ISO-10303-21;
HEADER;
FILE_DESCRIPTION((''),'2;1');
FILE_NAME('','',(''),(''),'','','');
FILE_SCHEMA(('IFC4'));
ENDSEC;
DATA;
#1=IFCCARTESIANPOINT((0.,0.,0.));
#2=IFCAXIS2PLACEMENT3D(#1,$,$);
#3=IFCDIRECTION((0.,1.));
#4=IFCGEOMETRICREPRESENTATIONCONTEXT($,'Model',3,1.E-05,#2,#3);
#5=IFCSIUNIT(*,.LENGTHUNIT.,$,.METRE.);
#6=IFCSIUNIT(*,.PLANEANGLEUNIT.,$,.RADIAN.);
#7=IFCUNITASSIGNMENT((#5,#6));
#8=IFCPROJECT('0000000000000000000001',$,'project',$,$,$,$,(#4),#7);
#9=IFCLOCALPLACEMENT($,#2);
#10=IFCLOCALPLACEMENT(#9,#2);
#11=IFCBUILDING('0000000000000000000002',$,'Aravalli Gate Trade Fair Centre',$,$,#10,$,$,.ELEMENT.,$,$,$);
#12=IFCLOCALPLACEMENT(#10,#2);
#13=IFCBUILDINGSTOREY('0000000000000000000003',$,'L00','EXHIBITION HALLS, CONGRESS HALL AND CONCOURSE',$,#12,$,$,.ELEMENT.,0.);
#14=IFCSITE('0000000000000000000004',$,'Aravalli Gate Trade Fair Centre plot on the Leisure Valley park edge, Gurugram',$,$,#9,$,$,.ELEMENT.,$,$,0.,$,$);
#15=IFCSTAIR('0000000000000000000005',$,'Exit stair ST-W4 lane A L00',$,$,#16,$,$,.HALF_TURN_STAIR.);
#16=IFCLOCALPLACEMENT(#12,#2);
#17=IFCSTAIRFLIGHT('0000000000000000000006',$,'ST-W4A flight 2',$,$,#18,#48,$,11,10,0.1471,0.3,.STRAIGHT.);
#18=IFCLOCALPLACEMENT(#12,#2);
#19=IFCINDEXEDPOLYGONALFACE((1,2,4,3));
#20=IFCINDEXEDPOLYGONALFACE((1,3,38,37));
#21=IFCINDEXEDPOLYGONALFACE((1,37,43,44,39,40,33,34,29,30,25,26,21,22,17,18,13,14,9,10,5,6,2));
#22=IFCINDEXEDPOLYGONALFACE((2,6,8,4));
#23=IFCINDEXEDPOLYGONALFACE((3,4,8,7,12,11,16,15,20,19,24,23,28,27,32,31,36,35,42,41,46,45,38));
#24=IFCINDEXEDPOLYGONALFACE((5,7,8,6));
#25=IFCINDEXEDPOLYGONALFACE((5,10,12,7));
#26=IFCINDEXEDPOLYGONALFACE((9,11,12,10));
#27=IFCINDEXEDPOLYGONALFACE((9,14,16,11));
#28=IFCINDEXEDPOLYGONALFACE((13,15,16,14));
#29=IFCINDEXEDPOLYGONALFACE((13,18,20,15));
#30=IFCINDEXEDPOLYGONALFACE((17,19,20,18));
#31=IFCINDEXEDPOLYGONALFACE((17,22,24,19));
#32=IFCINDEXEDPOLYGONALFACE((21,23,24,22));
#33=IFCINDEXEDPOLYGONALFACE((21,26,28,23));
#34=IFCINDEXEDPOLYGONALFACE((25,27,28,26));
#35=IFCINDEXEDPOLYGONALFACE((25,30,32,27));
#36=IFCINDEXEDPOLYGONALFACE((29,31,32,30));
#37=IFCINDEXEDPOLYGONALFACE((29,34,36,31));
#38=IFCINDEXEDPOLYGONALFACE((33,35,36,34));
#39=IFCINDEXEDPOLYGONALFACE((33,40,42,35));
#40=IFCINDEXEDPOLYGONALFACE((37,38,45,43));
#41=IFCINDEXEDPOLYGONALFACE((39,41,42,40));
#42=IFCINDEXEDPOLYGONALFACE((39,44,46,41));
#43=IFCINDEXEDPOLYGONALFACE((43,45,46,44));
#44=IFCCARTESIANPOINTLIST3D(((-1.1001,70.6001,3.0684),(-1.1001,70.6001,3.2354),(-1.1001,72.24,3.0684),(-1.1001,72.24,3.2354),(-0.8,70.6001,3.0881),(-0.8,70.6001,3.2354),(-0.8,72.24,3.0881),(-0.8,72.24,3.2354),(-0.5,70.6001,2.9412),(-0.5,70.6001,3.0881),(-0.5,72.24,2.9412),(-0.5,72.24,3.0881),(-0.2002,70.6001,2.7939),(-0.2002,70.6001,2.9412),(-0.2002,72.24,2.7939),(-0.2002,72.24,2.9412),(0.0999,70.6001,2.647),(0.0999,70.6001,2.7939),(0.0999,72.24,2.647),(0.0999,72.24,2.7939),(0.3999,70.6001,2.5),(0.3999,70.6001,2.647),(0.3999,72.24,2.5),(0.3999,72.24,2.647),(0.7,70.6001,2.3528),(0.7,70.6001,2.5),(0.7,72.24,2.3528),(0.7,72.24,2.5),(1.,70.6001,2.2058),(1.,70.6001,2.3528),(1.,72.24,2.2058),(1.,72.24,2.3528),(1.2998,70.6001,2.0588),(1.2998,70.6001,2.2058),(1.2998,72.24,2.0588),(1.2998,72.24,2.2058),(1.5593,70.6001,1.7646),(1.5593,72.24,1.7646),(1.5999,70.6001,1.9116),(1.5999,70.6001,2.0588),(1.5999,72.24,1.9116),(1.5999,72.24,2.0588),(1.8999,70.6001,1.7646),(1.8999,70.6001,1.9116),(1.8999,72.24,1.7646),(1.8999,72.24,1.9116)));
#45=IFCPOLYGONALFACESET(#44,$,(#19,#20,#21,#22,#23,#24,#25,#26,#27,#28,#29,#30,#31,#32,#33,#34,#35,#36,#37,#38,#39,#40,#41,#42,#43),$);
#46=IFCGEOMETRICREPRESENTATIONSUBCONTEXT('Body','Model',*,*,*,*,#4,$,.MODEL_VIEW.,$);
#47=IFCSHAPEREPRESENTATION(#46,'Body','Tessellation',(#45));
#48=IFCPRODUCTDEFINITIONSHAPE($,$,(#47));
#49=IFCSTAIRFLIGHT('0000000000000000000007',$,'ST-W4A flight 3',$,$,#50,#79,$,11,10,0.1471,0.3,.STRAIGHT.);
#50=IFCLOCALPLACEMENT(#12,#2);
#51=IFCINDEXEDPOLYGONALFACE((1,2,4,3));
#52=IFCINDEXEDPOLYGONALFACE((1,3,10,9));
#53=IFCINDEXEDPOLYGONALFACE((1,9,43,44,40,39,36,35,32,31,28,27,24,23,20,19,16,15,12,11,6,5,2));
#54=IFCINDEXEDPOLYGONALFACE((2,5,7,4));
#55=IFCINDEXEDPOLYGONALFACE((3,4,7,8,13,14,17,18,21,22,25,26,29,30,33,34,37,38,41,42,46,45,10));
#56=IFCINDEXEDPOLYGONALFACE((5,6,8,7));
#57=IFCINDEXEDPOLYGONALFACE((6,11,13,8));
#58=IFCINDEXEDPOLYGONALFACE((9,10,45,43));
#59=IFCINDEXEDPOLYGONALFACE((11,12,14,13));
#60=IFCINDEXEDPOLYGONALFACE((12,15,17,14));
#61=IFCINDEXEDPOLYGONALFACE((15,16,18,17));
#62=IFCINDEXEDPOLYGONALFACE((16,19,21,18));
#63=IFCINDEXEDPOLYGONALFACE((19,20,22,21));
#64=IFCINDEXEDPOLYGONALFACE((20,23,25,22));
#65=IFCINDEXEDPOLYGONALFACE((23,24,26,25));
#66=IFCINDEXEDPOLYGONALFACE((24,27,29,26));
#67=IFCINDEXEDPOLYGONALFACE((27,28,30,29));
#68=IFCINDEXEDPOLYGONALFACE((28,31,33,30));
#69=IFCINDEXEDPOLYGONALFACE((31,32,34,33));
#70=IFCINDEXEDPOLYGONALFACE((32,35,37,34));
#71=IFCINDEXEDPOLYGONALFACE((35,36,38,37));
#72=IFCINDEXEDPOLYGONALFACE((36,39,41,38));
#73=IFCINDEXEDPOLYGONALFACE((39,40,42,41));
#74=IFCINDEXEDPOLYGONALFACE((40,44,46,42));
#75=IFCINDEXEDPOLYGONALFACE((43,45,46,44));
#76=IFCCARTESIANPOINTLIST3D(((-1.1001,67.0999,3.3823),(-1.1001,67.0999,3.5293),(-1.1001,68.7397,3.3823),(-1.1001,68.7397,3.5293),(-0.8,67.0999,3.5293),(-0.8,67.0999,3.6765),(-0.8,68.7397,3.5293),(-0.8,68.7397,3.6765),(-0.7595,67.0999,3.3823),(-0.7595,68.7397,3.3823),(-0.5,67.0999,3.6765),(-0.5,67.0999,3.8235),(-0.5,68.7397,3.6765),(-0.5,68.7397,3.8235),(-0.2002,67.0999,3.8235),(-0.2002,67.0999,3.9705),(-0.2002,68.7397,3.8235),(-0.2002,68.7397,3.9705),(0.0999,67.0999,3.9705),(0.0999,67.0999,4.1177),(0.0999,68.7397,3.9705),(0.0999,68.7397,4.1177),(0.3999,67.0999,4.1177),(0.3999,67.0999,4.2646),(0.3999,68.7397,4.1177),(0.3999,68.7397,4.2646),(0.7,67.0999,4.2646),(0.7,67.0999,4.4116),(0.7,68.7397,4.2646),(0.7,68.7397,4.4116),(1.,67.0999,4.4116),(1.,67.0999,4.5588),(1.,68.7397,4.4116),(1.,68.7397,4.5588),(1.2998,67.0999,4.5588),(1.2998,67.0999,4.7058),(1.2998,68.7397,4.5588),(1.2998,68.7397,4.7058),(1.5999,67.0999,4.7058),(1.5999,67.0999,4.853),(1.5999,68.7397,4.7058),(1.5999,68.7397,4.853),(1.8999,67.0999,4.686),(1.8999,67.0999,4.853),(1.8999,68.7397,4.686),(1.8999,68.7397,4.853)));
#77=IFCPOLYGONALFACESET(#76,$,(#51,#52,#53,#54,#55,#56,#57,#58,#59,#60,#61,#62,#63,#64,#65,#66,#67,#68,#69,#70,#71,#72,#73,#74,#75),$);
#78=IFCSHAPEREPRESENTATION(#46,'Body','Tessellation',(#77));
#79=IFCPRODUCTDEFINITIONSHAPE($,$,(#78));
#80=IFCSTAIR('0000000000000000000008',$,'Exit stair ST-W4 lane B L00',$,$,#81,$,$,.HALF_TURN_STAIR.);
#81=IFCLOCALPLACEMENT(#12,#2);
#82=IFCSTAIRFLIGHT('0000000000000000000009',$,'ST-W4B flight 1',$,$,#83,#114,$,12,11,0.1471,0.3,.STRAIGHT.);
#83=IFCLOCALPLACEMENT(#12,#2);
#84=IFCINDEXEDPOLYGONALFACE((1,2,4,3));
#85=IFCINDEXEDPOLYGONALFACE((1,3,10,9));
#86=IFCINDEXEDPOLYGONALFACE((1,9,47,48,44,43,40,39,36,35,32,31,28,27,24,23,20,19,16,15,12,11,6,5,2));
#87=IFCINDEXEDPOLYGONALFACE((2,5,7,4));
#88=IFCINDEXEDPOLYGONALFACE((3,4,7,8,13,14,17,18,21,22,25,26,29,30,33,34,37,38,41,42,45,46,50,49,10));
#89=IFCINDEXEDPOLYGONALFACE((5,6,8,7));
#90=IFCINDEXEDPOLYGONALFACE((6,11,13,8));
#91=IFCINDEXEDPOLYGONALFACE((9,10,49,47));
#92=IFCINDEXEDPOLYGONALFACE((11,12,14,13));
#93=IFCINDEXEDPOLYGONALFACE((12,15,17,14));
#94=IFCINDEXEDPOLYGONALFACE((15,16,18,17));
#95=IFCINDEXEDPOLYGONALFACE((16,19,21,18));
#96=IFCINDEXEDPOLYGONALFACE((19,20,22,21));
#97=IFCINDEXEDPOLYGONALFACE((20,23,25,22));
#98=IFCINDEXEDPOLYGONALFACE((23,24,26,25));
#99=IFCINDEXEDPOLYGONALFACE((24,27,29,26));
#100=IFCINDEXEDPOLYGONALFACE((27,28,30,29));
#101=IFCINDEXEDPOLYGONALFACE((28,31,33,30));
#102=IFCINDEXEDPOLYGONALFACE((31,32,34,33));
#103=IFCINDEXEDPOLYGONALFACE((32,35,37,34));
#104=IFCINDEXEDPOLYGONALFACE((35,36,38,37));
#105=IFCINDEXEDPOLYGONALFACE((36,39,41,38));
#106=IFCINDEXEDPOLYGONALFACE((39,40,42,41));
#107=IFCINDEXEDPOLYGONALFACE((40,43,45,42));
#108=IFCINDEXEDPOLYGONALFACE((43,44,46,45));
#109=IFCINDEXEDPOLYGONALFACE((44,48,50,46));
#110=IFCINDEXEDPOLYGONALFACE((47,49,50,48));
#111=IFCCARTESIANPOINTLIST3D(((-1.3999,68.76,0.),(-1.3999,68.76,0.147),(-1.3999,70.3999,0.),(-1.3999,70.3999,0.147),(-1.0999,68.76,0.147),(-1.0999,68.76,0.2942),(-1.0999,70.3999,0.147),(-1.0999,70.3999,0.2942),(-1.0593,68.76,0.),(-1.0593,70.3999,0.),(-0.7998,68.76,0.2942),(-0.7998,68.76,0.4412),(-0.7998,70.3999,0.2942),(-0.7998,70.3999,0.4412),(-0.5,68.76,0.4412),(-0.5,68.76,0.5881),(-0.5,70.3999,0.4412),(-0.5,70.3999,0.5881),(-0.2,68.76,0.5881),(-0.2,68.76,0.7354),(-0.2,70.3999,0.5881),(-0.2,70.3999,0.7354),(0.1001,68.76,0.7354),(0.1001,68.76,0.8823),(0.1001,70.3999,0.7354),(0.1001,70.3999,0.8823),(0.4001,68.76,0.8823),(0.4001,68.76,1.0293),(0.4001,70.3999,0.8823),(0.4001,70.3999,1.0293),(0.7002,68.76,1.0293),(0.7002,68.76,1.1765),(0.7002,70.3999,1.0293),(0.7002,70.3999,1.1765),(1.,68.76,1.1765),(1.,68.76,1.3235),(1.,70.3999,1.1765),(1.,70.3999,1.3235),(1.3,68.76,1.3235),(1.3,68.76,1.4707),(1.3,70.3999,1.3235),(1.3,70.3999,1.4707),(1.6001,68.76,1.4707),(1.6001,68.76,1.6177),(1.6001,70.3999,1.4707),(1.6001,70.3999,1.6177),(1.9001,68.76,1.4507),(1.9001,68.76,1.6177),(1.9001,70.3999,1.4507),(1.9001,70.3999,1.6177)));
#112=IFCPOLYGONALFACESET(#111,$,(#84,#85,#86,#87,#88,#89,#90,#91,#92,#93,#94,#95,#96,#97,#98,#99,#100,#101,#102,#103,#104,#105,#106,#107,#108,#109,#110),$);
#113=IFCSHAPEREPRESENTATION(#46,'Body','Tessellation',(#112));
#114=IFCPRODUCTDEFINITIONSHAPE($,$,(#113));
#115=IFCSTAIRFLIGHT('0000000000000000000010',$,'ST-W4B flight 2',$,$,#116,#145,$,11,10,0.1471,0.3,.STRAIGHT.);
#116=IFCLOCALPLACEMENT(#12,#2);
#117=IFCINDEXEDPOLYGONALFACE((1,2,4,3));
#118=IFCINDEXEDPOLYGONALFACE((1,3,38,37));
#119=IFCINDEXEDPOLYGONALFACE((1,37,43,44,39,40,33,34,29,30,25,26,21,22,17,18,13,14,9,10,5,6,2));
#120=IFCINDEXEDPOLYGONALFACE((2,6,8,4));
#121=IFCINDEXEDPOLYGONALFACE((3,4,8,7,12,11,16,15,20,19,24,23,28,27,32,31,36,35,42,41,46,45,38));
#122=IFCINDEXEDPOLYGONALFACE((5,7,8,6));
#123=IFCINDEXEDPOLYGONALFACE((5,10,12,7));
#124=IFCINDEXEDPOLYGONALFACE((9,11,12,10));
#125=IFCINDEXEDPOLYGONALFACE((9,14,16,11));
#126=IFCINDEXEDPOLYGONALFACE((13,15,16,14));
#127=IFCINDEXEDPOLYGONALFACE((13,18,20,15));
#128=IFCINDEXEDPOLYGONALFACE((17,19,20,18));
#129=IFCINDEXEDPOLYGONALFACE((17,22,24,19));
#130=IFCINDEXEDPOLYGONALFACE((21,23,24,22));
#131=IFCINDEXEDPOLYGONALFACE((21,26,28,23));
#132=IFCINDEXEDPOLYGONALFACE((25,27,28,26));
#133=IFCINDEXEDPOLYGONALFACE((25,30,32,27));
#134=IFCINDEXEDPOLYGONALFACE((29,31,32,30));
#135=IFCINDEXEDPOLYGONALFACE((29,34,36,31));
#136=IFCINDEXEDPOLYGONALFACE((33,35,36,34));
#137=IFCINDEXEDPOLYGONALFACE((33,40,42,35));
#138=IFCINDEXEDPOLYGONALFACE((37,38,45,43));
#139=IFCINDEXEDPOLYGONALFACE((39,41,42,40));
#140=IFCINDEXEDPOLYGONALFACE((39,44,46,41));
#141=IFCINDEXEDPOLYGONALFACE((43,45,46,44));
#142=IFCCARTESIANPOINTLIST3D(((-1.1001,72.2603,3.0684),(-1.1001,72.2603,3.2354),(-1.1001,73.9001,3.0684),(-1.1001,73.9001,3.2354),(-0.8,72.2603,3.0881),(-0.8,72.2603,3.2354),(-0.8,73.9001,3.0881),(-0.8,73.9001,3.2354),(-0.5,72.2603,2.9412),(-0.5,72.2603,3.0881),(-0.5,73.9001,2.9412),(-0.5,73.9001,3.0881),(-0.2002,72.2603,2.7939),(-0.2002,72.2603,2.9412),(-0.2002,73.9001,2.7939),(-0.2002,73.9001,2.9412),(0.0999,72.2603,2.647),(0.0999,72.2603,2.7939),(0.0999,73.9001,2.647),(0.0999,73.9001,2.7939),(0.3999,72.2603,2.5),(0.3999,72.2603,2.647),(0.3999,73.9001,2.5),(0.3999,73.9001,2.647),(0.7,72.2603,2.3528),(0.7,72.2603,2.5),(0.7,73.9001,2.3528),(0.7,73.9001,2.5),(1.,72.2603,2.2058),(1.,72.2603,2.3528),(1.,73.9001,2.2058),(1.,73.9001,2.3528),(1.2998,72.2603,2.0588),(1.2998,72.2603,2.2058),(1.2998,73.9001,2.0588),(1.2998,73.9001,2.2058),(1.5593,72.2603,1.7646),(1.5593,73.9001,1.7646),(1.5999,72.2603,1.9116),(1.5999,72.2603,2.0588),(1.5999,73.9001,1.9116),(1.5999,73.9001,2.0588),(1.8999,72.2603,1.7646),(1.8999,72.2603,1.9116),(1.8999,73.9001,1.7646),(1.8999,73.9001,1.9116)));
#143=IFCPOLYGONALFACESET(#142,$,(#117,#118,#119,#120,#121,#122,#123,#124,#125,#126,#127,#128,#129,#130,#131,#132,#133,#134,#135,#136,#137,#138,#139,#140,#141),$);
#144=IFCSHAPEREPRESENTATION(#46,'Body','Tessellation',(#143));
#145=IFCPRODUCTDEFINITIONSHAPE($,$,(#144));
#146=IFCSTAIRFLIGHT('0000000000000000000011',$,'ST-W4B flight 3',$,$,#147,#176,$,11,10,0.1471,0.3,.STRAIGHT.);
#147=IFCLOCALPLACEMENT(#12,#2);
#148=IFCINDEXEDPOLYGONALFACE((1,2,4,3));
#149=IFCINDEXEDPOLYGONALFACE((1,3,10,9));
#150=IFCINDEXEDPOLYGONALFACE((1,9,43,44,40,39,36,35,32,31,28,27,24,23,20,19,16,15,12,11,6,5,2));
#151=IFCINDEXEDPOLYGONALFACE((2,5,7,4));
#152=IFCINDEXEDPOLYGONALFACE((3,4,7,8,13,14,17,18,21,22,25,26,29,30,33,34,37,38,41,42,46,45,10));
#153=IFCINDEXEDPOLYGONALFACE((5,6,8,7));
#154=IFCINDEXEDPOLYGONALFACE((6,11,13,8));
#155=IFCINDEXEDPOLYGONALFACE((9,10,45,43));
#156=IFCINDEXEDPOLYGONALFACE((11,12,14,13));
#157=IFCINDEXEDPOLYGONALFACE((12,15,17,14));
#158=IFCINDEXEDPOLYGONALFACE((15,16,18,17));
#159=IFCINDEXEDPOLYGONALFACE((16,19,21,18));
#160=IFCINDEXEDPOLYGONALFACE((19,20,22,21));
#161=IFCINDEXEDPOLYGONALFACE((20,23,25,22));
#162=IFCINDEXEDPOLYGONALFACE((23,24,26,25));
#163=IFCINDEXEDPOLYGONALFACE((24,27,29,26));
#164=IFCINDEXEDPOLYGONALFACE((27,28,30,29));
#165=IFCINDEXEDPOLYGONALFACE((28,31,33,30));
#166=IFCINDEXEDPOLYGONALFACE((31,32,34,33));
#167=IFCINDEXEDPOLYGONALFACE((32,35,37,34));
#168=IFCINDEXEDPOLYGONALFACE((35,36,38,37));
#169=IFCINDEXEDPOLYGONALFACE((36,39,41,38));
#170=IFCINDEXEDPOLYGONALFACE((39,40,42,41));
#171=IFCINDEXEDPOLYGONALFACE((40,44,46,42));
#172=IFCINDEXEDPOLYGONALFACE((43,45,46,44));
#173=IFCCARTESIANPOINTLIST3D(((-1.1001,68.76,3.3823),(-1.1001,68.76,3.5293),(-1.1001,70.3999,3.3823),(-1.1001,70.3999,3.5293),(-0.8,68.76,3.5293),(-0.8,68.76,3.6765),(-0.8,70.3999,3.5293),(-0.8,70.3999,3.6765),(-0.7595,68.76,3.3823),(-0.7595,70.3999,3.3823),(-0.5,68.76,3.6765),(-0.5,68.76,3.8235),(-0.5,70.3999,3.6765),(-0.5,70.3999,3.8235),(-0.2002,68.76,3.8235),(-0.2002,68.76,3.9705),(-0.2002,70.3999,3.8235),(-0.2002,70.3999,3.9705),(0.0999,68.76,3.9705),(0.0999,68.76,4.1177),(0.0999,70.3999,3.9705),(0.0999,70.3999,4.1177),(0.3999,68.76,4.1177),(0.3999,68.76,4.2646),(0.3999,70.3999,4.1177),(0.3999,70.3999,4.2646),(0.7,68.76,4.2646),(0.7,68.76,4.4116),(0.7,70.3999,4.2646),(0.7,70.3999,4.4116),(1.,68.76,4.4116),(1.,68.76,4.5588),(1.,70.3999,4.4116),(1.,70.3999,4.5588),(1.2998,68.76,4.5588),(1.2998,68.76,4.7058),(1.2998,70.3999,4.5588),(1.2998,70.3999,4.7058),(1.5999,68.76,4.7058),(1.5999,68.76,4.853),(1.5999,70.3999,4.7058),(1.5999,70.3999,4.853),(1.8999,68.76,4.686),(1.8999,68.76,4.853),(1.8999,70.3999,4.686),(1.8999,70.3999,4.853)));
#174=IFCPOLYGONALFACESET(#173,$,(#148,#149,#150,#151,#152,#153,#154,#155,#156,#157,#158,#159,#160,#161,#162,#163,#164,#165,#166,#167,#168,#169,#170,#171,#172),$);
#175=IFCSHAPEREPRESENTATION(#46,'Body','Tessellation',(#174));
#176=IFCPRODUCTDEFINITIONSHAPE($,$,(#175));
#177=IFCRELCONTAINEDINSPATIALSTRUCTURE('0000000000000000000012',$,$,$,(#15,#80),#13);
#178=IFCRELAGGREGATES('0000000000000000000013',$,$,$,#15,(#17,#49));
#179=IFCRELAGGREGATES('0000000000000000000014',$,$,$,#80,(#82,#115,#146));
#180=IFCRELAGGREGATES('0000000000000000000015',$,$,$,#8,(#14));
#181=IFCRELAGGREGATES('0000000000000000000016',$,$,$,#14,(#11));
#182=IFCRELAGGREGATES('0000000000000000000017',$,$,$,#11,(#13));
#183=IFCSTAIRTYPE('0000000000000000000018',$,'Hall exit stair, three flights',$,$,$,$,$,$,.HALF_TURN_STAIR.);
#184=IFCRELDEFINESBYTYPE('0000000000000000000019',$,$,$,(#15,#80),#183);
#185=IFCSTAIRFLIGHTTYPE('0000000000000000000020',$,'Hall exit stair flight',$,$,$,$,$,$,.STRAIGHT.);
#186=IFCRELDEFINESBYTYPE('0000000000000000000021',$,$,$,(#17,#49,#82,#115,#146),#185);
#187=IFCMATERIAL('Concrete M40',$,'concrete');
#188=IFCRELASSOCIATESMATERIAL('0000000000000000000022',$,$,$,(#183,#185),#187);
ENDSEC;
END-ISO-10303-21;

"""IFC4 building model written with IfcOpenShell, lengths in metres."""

from ifc_helpers import new_model, si_unit, direction, frame, origin, place, context, subcontext, project, spatial, polyline, outline, extrude, material, type_object, element, aggregate, save


model = new_model("IFC4")

# Units and contexts
model_context = context("Model", 3, precision=1e-05, world=origin(), true_north=direction((0.0, 1.0)))
body_context = subcontext(model_context, "Body", "Model", "MODEL_VIEW")
ifc_project = project(units=[si_unit("LENGTHUNIT", "METRE"), si_unit("PLANEANGLEUNIT", "RADIAN")], contexts=[model_context])

# Site, building, storey
site_placement = place(None, origin())
site = spatial("IfcSite", under=ifc_project, at=site_placement, Name="Aravalli Gate Trade Fair Centre plot on the Leisure Valley park edge, Gurugram", CompositionType="ELEMENT", RefElevation=0.0)
building_placement = place(site_placement, origin())
building = spatial("IfcBuilding", under=site, at=building_placement, Name="Aravalli Gate Trade Fair Centre", CompositionType="ELEMENT")
storey_placement = place(building_placement, origin())
storey = spatial("IfcBuildingStorey", under=building, at=storey_placement, Name="L00", Description="EXHIBITION HALLS, CONGRESS HALL AND CONCOURSE", CompositionType="ELEMENT", Elevation=0.0)

# Shared definitions
ifc_material_1 = material(Name="Concrete M40", Category="concrete")

# Shared definitions
stair_type = type_object("IfcStairType", Name="Hall exit stair, three flights", PredefinedType="HALF_TURN_STAIR", material=ifc_material_1)
stair_flight_type = type_object("IfcStairFlightType", Name="Hall exit stair flight", PredefinedType="STRAIGHT", material=ifc_material_1)

# Stairs, stair flights
stair_1_placement = place(storey_placement, origin())
stair_1 = element("IfcStair", 1, at=stair_1_placement, inside=storey, type_object=stair_type, Name="Exit stair ST-W4 lane A L00", PredefinedType="HALF_TURN_STAIR")
stair_flight_1_placement = place(storey_placement, frame((1.8999, 71.4199, 1.7646), z_axis=(0.0, 0.0, 1.0), x_axis=(-1.0, 0.0, 0.0)))
stair_flight_1 = element("IfcStairFlight", 2, at=stair_flight_1_placement, type_object=stair_flight_type, Name="ST-W4A flight 2", NumberOfRisers=11, NumberOfTreads=10, PredefinedType="STRAIGHT", RiserHeight=0.1471, TreadLength=0.3, context=body_context, shape_type="SweptSolid", body=[
    extrude(outline(polyline([(0.0, 0.0), (0.0, 0.147), (0.3, 0.147), (0.3, 0.2942), (0.6001, 0.2942), (0.6001, 0.4412), (0.8999, 0.4412), (0.8999, 0.5881), (1.2, 0.5881), (1.2, 0.7354), (1.5, 0.7354), (1.5, 0.8823), (1.8, 0.8823), (1.8, 1.0293), (2.1001, 1.0293), (2.1001, 1.1765), (2.3999, 1.1765), (2.3999, 1.3235), (2.7, 1.3235), (2.7, 1.4707), (3.0, 1.4707), (3.0, 1.6177), (3.0, 1.3037), (0.3406, 0.0), (0.0, 0.0)])), frame((0.0, 0.8198, 0.0), z_axis=(0.0, -1.0, 0.0), x_axis=(1.0, 0.0, 0.0)), (0.0, 0.0, 1.0), 1.6399),
])
stair_flight_2_placement = place(storey_placement, frame((-1.1001, 67.9199, 3.3823), z_axis=(0.0, 0.0, 1.0), x_axis=(1.0, 0.0, 0.0)))
stair_flight_2 = element("IfcStairFlight", 3, at=stair_flight_2_placement, type_object=stair_flight_type, Name="ST-W4A flight 3", NumberOfRisers=11, NumberOfTreads=10, PredefinedType="STRAIGHT", RiserHeight=0.1471, TreadLength=0.3, context=body_context, shape_type="SweptSolid", body=[
    extrude(outline(polyline([(0.0, 0.0), (0.0, 0.147), (0.3, 0.147), (0.3, 0.2942), (0.6001, 0.2942), (0.6001, 0.4412), (0.8999, 0.4412), (0.8999, 0.5881), (1.2, 0.5881), (1.2, 0.7354), (1.5, 0.7354), (1.5, 0.8823), (1.8, 0.8823), (1.8, 1.0293), (2.1001, 1.0293), (2.1001, 1.1765), (2.3999, 1.1765), (2.3999, 1.3235), (2.7, 1.3235), (2.7, 1.4707), (3.0, 1.4707), (3.0, 1.6177), (3.0, 1.3037), (0.3406, 0.0), (0.0, 0.0)])), frame((0.0, 0.8198, 0.0), z_axis=(0.0, -1.0, 0.0), x_axis=(1.0, 0.0, 0.0)), (0.0, 0.0, 1.0), 1.6399),
])
aggregate(stair_1, [stair_flight_1, stair_flight_2])
stair_2_placement = place(storey_placement, origin())
stair_2 = element("IfcStair", 4, at=stair_2_placement, inside=storey, type_object=stair_type, Name="Exit stair ST-W4 lane B L00", PredefinedType="HALF_TURN_STAIR")
stair_flight_3_placement = place(storey_placement, frame((-1.3999, 69.5801, 0.0), z_axis=(0.0, 0.0, 1.0), x_axis=(1.0, 0.0, 0.0)))
stair_flight_3 = element("IfcStairFlight", 5, at=stair_flight_3_placement, type_object=stair_flight_type, Name="ST-W4B flight 1", NumberOfRisers=12, NumberOfTreads=11, PredefinedType="STRAIGHT", RiserHeight=0.1471, TreadLength=0.3, context=body_context, shape_type="SweptSolid", body=[
    extrude(outline(polyline([(0.0, 0.0), (0.0, 0.147), (0.3, 0.147), (0.3, 0.2942), (0.6001, 0.2942), (0.6001, 0.4412), (0.8999, 0.4412), (0.8999, 0.5881), (1.2, 0.5881), (1.2, 0.7354), (1.5, 0.7354), (1.5, 0.8823), (1.8, 0.8823), (1.8, 1.0293), (2.1001, 1.0293), (2.1001, 1.1765), (2.3999, 1.1765), (2.3999, 1.3235), (2.7, 1.3235), (2.7, 1.4707), (3.0, 1.4707), (3.0, 1.6177), (3.3, 1.6177), (3.3, 1.7646), (3.3, 1.4507), (0.3406, 0.0), (0.0, 0.0)])), frame((0.0, 0.8198, 0.0), z_axis=(0.0, -1.0, 0.0), x_axis=(1.0, 0.0, 0.0)), (0.0, 0.0, 1.0), 1.6399),
])
stair_flight_4_placement = place(storey_placement, frame((1.8999, 73.0801, 1.7646), z_axis=(0.0, 0.0, 1.0), x_axis=(-1.0, 0.0, 0.0)))
stair_flight_4 = element("IfcStairFlight", 6, at=stair_flight_4_placement, type_object=stair_flight_type, Name="ST-W4B flight 2", NumberOfRisers=11, NumberOfTreads=10, PredefinedType="STRAIGHT", RiserHeight=0.1471, TreadLength=0.3, context=body_context, shape_type="SweptSolid", body=[
    extrude(outline(polyline([(0.0, 0.0), (0.0, 0.147), (0.3, 0.147), (0.3, 0.2942), (0.6001, 0.2942), (0.6001, 0.4412), (0.8999, 0.4412), (0.8999, 0.5881), (1.2, 0.5881), (1.2, 0.7354), (1.5, 0.7354), (1.5, 0.8823), (1.8, 0.8823), (1.8, 1.0293), (2.1001, 1.0293), (2.1001, 1.1765), (2.3999, 1.1765), (2.3999, 1.3235), (2.7, 1.3235), (2.7, 1.4707), (3.0, 1.4707), (3.0, 1.6177), (3.0, 1.3037), (0.3406, 0.0), (0.0, 0.0)])), frame((0.0, 0.8198, 0.0), z_axis=(0.0, -1.0, 0.0), x_axis=(1.0, 0.0, 0.0)), (0.0, 0.0, 1.0), 1.6399),
])
stair_flight_5_placement = place(storey_placement, frame((-1.1001, 69.5801, 3.3823), z_axis=(0.0, 0.0, 1.0), x_axis=(1.0, 0.0, 0.0)))
stair_flight_5 = element("IfcStairFlight", 7, at=stair_flight_5_placement, type_object=stair_flight_type, Name="ST-W4B flight 3", NumberOfRisers=11, NumberOfTreads=10, PredefinedType="STRAIGHT", RiserHeight=0.1471, TreadLength=0.3, context=body_context, shape_type="SweptSolid", body=[
    extrude(outline(polyline([(0.0, 0.0), (0.0, 0.147), (0.3, 0.147), (0.3, 0.2942), (0.6001, 0.2942), (0.6001, 0.4412), (0.8999, 0.4412), (0.8999, 0.5881), (1.2, 0.5881), (1.2, 0.7354), (1.5, 0.7354), (1.5, 0.8823), (1.8, 0.8823), (1.8, 1.0293), (2.1001, 1.0293), (2.1001, 1.1765), (2.3999, 1.1765), (2.3999, 1.3235), (2.7, 1.3235), (2.7, 1.4707), (3.0, 1.4707), (3.0, 1.6177), (3.0, 1.3037), (0.3406, 0.0), (0.0, 0.0)])), frame((0.0, 0.8198, 0.0), z_axis=(0.0, -1.0, 0.0), x_axis=(1.0, 0.0, 0.0)), (0.0, 0.0, 1.0), 1.6399),
])
aggregate(stair_2, [stair_flight_3, stair_flight_4, stair_flight_5])

save(model, "model.ifc")
